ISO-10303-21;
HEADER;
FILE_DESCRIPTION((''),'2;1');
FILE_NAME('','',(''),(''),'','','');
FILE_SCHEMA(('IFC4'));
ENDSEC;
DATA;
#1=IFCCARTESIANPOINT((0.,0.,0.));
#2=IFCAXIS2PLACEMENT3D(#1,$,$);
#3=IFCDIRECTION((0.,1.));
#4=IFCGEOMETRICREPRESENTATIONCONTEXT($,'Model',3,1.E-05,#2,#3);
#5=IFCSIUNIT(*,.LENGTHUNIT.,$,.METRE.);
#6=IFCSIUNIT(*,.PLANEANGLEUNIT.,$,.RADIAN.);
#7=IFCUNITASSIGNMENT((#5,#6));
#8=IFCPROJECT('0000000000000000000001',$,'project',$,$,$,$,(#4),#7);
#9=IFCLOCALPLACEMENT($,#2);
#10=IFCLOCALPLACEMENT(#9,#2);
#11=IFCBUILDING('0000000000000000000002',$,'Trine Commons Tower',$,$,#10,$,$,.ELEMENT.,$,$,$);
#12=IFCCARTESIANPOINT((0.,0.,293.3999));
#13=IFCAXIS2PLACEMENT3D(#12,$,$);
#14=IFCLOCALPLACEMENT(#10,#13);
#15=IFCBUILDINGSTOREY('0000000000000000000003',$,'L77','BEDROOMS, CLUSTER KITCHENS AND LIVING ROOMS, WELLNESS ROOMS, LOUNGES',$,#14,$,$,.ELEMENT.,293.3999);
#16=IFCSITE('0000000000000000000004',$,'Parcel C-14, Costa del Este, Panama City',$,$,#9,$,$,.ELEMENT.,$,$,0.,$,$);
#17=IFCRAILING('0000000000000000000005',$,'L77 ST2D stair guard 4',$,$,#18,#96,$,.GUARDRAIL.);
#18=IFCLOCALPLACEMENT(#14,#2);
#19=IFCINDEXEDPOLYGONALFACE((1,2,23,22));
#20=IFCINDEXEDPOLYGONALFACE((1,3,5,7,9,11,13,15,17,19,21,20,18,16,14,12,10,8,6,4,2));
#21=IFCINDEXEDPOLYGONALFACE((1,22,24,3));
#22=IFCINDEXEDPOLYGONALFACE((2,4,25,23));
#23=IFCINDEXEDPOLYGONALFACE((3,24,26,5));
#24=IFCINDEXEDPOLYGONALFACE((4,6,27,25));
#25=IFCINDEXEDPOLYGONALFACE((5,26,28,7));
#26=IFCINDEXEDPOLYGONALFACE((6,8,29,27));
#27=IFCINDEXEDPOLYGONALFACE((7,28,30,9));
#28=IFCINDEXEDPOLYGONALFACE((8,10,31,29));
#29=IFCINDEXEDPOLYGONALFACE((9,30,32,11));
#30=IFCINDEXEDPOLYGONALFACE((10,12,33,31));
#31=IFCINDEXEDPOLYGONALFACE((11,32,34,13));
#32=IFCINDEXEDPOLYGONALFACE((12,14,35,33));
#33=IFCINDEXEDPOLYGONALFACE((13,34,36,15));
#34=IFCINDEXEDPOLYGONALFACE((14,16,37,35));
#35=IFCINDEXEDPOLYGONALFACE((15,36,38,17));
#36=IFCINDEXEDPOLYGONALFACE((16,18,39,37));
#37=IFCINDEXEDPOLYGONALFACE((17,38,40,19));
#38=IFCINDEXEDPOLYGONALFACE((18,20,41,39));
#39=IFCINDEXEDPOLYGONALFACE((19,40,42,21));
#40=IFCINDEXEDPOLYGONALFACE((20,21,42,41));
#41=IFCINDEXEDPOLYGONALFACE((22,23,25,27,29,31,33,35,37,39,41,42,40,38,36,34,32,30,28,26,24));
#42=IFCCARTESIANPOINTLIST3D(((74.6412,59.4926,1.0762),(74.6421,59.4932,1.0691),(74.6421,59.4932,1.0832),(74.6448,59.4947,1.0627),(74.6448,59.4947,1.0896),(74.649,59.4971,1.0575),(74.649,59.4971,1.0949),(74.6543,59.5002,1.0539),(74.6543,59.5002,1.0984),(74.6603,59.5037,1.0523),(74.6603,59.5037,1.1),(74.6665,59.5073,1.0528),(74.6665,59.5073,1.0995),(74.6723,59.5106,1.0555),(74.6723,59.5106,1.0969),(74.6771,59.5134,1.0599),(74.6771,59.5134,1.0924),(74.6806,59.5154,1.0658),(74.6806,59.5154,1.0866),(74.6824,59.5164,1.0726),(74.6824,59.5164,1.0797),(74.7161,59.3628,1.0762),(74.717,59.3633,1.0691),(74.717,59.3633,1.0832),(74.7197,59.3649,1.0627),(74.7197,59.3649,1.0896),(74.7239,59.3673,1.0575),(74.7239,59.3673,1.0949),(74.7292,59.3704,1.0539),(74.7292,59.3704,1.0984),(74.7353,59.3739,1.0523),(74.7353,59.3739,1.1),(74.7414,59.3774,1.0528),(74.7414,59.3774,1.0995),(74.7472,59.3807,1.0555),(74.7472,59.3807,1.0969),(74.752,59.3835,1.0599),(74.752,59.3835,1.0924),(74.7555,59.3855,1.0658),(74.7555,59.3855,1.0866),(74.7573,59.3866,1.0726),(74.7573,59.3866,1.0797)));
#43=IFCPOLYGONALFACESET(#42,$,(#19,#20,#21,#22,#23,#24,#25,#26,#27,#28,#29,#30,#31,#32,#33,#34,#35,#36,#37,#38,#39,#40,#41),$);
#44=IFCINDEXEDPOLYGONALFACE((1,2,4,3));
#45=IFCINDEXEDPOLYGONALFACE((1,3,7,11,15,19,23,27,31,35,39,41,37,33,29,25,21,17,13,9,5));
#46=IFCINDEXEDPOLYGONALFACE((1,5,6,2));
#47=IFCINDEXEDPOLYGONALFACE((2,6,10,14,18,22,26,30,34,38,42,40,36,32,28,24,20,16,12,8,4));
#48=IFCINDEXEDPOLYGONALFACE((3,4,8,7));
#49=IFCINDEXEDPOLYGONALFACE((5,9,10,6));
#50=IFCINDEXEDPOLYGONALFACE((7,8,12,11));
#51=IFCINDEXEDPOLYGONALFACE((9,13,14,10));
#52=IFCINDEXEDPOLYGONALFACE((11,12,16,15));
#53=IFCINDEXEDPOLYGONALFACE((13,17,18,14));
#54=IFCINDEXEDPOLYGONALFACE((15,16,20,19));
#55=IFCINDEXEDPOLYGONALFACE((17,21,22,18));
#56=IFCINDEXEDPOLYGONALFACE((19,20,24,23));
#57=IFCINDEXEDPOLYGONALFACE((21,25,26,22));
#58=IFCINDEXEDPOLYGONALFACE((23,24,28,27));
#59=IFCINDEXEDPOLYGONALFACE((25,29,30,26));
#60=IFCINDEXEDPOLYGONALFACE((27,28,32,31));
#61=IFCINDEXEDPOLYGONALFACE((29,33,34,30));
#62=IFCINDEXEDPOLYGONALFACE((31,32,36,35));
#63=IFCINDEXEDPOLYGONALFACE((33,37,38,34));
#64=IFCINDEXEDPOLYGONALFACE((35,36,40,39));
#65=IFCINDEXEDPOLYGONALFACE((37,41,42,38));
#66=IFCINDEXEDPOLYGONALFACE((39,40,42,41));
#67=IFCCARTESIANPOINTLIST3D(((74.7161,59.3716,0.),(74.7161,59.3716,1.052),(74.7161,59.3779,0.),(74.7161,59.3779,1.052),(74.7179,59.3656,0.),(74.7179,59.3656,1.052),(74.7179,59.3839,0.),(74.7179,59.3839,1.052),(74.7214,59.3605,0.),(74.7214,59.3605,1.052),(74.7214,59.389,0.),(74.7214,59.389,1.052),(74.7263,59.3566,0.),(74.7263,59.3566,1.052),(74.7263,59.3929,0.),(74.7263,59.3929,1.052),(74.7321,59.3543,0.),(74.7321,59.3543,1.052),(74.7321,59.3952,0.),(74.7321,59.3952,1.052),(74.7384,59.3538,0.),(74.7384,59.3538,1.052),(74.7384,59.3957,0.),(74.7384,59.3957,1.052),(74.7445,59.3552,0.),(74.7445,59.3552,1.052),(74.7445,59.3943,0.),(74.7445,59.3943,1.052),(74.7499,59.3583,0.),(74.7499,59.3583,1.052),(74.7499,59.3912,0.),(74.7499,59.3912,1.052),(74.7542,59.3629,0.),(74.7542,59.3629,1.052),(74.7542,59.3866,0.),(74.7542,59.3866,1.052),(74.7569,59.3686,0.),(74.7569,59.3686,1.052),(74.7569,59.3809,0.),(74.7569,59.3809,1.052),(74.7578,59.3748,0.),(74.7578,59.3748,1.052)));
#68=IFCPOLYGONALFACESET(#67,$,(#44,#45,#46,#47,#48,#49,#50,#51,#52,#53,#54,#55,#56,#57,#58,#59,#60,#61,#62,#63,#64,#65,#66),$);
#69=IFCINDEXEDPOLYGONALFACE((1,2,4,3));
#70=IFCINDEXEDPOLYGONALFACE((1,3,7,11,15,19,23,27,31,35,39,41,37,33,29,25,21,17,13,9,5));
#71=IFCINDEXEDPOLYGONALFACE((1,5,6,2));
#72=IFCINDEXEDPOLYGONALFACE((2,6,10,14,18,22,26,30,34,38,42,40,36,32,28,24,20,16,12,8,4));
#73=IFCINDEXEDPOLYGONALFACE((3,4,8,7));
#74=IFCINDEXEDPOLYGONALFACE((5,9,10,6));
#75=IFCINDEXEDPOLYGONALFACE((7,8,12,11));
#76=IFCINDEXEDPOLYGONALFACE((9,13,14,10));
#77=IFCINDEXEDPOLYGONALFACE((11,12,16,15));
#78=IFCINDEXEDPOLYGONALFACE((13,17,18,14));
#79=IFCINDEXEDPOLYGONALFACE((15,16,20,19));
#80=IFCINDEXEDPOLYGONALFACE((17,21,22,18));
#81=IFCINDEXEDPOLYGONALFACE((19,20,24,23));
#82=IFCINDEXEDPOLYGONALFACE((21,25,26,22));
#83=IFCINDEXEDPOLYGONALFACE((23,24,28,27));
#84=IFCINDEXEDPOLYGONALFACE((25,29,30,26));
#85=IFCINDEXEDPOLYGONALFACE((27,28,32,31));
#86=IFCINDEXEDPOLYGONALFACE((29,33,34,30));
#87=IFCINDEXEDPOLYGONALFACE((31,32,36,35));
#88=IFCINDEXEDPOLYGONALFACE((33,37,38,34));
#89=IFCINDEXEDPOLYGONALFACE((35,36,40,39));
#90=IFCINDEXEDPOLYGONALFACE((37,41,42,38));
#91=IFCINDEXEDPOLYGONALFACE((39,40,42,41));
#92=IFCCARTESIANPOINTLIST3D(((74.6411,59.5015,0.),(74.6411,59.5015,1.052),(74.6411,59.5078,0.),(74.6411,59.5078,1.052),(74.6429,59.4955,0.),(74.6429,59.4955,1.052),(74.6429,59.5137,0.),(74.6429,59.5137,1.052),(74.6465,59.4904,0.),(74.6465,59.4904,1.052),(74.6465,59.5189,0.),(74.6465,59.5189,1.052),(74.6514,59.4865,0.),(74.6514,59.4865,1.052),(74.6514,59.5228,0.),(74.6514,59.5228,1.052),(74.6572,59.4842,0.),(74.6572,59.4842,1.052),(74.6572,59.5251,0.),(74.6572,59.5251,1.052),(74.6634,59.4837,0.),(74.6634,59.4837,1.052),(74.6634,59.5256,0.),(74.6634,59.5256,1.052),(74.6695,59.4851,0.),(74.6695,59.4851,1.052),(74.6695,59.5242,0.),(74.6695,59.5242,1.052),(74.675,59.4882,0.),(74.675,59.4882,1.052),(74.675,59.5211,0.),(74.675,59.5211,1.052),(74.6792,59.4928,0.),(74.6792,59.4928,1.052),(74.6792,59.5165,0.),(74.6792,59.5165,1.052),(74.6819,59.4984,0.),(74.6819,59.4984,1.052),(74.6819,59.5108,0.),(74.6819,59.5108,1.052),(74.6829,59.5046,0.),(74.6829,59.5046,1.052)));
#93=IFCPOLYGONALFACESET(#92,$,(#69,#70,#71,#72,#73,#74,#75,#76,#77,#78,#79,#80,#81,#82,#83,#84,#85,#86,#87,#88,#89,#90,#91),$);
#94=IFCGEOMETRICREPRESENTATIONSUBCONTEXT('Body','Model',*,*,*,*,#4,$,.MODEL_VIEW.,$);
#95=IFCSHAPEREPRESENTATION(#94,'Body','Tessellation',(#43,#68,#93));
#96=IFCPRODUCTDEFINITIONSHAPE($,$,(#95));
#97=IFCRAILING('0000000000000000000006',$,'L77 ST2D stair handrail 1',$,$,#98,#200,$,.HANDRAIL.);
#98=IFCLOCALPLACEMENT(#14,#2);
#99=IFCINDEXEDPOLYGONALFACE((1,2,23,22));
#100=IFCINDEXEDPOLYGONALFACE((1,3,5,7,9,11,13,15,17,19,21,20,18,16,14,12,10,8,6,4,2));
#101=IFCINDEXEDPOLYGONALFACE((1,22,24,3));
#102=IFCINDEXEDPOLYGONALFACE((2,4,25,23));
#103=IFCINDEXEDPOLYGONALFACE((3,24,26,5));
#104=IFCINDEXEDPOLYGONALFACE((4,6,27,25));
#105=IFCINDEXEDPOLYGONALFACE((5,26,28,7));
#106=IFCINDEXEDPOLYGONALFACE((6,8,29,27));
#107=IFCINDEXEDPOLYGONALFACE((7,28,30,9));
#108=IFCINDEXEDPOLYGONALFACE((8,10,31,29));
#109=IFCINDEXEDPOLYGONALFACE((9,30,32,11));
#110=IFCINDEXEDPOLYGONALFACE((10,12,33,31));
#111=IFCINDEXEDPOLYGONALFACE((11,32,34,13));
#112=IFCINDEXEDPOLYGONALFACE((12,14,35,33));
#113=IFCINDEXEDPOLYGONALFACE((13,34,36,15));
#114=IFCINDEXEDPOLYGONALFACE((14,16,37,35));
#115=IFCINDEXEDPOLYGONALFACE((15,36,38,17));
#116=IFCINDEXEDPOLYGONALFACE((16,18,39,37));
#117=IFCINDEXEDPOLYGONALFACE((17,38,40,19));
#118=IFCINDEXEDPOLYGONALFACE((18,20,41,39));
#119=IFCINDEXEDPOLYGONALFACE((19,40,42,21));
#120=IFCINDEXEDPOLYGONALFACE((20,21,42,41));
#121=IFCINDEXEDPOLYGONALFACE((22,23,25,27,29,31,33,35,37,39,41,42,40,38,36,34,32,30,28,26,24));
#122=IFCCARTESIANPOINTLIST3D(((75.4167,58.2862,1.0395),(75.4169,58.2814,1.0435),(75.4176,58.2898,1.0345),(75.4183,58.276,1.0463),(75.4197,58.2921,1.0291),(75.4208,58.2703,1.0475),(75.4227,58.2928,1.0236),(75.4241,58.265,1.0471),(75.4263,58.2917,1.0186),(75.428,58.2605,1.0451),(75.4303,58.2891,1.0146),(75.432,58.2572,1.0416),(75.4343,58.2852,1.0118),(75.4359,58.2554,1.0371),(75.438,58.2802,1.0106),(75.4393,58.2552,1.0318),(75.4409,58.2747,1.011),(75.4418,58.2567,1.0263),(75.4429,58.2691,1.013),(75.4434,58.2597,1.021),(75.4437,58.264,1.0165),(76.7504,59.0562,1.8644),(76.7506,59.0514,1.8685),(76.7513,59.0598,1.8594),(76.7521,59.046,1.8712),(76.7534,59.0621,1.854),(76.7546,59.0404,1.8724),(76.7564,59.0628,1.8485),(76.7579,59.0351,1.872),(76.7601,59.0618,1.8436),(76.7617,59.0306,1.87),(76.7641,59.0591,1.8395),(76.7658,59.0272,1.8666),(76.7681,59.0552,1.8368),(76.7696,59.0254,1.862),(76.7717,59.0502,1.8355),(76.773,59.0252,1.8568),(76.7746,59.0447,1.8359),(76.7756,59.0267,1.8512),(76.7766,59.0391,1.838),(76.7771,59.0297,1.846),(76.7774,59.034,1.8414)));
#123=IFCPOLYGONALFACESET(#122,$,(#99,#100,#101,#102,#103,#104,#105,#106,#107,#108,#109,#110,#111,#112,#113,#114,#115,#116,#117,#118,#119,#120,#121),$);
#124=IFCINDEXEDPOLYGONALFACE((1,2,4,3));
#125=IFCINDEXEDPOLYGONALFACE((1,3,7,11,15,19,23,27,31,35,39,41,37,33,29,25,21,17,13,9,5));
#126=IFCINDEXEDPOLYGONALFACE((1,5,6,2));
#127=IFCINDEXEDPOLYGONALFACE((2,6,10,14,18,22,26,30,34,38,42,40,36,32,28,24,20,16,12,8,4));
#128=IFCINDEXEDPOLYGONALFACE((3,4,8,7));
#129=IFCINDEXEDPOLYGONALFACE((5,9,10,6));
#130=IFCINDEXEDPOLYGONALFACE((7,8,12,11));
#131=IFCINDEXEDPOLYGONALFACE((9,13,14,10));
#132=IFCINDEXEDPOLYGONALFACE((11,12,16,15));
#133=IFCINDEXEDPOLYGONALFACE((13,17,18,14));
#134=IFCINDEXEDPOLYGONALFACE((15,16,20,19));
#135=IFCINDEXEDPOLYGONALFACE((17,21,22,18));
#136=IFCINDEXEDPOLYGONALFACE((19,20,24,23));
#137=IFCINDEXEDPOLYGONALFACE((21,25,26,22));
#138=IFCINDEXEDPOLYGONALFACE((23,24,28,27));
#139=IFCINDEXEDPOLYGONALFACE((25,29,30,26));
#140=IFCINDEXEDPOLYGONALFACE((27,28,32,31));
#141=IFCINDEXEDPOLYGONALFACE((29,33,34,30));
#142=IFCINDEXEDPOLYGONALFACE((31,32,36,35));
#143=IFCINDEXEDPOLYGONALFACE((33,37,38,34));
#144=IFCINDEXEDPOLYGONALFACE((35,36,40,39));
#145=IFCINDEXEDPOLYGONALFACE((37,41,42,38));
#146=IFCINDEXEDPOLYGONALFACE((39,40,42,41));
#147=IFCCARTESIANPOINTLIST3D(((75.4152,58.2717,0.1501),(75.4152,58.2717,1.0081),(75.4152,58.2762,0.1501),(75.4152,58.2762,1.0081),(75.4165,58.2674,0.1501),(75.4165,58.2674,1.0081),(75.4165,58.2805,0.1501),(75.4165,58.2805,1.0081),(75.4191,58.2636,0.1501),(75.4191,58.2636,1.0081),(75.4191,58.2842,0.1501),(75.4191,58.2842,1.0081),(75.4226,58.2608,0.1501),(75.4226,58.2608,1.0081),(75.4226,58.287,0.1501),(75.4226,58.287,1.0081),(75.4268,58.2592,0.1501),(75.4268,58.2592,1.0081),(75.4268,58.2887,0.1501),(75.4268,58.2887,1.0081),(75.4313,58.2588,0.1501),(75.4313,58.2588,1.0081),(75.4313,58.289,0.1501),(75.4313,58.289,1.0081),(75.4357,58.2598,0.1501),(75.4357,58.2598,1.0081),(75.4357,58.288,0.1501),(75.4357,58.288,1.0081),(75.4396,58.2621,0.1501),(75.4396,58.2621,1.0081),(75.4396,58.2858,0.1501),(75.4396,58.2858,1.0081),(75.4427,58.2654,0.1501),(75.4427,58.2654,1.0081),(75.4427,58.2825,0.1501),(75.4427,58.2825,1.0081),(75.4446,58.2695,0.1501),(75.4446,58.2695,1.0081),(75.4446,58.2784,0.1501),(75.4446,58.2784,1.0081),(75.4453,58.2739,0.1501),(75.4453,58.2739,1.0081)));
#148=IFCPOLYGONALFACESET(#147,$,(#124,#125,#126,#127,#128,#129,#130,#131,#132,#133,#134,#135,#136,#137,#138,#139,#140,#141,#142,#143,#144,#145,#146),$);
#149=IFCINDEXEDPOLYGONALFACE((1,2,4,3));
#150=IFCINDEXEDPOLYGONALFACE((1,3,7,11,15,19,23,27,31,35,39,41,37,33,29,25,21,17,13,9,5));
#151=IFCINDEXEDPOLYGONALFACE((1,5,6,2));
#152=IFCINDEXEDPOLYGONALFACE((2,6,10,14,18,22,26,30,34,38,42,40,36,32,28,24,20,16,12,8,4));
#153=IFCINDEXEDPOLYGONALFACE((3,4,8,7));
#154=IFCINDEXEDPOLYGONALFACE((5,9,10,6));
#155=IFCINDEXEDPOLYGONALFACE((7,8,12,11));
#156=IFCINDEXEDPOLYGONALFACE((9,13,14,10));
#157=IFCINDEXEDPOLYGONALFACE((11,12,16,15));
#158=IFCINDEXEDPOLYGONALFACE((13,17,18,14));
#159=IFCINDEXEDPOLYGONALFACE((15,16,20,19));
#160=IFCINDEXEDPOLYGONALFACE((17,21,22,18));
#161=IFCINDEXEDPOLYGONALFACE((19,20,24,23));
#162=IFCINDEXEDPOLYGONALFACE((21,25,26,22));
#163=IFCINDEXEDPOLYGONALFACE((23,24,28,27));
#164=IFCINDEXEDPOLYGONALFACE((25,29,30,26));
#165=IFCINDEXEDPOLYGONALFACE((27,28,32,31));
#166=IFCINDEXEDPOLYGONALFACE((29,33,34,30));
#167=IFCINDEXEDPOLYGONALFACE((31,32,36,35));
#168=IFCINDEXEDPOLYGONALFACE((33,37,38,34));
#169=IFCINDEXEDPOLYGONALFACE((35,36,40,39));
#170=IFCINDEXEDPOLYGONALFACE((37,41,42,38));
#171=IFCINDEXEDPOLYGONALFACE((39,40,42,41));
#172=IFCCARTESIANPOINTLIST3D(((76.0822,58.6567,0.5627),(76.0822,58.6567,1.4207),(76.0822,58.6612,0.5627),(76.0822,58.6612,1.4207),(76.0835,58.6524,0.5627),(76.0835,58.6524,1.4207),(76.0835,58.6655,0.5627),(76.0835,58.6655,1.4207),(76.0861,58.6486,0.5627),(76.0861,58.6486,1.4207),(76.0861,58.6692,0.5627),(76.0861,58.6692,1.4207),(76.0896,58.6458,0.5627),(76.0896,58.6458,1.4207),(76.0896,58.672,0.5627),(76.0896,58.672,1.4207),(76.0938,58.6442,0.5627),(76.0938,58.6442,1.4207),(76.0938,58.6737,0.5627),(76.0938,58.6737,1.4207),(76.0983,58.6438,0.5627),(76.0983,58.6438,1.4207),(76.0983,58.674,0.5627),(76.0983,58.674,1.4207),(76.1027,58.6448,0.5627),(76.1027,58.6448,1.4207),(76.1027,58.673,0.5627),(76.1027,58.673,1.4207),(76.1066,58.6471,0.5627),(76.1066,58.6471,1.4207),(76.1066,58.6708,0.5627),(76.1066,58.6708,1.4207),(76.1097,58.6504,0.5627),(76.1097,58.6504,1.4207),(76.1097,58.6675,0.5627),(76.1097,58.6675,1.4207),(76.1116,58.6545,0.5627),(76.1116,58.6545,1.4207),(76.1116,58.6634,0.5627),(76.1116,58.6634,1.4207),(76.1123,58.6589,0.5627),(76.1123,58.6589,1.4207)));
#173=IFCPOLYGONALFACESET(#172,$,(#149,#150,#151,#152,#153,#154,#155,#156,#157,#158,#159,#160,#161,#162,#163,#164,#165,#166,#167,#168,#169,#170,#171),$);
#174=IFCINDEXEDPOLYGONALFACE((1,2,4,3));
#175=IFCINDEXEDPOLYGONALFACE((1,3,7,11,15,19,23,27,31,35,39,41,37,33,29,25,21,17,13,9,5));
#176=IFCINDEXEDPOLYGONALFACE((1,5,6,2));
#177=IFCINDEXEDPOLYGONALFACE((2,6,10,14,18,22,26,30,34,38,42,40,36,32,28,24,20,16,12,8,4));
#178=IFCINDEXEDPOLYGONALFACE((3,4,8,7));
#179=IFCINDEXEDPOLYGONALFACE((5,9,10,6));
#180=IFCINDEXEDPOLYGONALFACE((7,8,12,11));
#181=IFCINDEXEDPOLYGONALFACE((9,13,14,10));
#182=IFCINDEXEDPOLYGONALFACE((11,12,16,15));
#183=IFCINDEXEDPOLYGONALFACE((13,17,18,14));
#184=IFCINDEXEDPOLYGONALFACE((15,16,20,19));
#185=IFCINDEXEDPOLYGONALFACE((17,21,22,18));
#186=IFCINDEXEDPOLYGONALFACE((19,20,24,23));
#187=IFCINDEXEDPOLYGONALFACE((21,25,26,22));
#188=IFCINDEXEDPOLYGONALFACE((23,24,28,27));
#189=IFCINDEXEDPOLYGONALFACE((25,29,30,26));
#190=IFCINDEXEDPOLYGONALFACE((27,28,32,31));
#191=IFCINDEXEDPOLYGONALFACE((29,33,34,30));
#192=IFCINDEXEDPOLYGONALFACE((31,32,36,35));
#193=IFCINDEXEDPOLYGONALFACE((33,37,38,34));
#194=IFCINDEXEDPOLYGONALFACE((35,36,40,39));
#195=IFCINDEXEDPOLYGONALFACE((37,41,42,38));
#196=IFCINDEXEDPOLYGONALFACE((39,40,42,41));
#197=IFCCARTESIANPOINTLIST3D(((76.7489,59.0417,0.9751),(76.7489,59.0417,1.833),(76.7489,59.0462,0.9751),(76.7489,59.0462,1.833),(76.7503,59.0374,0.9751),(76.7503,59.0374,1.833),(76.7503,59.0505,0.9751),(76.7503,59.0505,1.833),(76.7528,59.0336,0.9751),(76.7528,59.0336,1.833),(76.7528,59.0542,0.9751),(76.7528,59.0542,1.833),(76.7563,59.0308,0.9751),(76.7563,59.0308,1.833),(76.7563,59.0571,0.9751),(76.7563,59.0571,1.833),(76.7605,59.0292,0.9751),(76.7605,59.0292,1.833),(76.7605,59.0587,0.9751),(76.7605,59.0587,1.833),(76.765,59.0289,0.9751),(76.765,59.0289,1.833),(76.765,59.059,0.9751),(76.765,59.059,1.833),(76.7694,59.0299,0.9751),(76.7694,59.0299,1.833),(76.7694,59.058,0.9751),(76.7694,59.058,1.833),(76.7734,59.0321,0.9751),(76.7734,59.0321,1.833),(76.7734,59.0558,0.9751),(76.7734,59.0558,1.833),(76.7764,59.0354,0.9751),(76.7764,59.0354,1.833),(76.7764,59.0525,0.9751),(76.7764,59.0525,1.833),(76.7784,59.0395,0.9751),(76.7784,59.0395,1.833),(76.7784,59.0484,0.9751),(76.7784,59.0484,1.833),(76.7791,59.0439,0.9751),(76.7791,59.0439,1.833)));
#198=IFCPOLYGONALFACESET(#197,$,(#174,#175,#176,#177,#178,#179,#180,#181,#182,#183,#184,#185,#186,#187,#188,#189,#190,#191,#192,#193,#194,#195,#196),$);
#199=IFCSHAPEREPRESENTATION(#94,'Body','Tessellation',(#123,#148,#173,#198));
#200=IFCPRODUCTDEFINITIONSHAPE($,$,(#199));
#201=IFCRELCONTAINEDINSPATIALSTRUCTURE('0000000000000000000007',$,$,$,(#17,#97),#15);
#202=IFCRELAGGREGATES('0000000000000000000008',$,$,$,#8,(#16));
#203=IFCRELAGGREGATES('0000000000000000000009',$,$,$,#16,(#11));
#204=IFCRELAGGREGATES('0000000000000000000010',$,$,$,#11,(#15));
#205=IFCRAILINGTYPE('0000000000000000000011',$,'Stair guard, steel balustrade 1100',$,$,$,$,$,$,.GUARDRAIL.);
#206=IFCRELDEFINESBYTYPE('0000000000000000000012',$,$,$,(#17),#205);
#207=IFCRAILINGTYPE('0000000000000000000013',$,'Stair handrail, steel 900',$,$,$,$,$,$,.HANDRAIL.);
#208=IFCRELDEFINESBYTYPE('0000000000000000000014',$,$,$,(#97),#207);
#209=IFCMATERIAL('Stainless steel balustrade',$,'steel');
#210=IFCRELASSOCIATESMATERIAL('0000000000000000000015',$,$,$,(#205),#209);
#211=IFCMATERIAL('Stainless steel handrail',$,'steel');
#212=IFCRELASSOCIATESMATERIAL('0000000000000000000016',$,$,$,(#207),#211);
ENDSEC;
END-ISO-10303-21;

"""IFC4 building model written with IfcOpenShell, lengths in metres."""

from ifc_helpers import new_model, si_unit, direction, frame, origin, origin_2d, place, context, subcontext, project, spatial, circle, extrude, material, type_object, element, save


model = new_model("IFC4")

# Units and contexts
model_context = context("Model", 3, precision=1e-05, world=origin(), true_north=direction((0.0, 1.0)))
body_context = subcontext(model_context, "Body", "Model", "MODEL_VIEW")
ifc_project = project(units=[si_unit("LENGTHUNIT", "METRE"), si_unit("PLANEANGLEUNIT", "RADIAN")], contexts=[model_context])

# Site, building, storey
site_placement = place(None, origin())
site = spatial("IfcSite", under=ifc_project, at=site_placement, Name="Parcel C-14, Costa del Este, Panama City", CompositionType="ELEMENT", RefElevation=0.0)
building_placement = place(site_placement, origin())
building = spatial("IfcBuilding", under=site, at=building_placement, Name="Trine Commons Tower", CompositionType="ELEMENT")
storey_placement = place(building_placement, frame((0.0, 0.0, 293.3999)))
storey = spatial("IfcBuildingStorey", under=building, at=storey_placement, Name="L77", Description="BEDROOMS, CLUSTER KITCHENS AND LIVING ROOMS, WELLNESS ROOMS, LOUNGES", CompositionType="ELEMENT", Elevation=293.3999)

# Railings
ifc_material_1 = material(Name="Stainless steel balustrade", Category="steel")
railing_type_1 = type_object("IfcRailingType", Name="Stair guard, steel balustrade 1100", PredefinedType="GUARDRAIL", material=ifc_material_1)
railing_1_placement = place(storey_placement, frame((74.7368, 59.3748, 0.0)))
element("IfcRailing", 1, at=railing_1_placement, inside=storey, type_object=railing_type_1, Name="L77 ST2D stair guard 4", PredefinedType="GUARDRAIL", context=body_context, shape_type="SweptSolid", body=[
    extrude(circle(Radius=0.0239, at=origin_2d()), frame((0.0, 0.0, 1.0762), z_axis=(-0.499816, 0.866131, 0.0), x_axis=(-0.866131, -0.499816, 0.0)), (0.0, 0.0, 1.0), 0.1499),
    extrude(circle(Radius=0.021, at=origin_2d()), origin(), (0.0, 0.0, 1.0), 1.052),
    extrude(circle(Radius=0.021, at=origin_2d()), frame((-0.075, 0.1299, 0.0)), (0.0, 0.0, 1.0), 1.052),
])
ifc_material_2 = material(Name="Stainless steel handrail", Category="steel")
railing_type_2 = type_object("IfcRailingType", Name="Stair handrail, steel 900", PredefinedType="HANDRAIL", material=ifc_material_2)
for number, where, name in (
    (2, (75.4302, 58.2739, 0.1501), "L77 ST2D stair handrail 1"),
):
    element("IfcRailing", number, at=place(storey_placement, frame(where)), inside=storey, type_object=railing_type_2, Name=name, PredefinedType="HANDRAIL", context=body_context, shape_type="SweptSolid", body=[
        extrude(circle(Radius=0.021, at=origin_2d()), frame((0.0, 0.0, 0.8789), z_axis=(0.763405, 0.440743, 0.472185), x_axis=(-0.499992, 0.86603, 0.0)), (0.0, 0.0, 1.0), 1.7471),
        extrude(circle(Radius=0.0151, at=origin_2d()), origin(), (0.0, 0.0, 1.0), 0.8579),
        extrude(circle(Radius=0.0151, at=origin_2d()), frame((0.667, 0.385, 0.4126)), (0.0, 0.0, 1.0), 0.8579),
        extrude(circle(Radius=0.0151, at=origin_2d()), frame((1.3337, 0.77, 0.825)), (0.0, 0.0, 1.0), 0.8579),
    ])

save(model, "model.ifc")
